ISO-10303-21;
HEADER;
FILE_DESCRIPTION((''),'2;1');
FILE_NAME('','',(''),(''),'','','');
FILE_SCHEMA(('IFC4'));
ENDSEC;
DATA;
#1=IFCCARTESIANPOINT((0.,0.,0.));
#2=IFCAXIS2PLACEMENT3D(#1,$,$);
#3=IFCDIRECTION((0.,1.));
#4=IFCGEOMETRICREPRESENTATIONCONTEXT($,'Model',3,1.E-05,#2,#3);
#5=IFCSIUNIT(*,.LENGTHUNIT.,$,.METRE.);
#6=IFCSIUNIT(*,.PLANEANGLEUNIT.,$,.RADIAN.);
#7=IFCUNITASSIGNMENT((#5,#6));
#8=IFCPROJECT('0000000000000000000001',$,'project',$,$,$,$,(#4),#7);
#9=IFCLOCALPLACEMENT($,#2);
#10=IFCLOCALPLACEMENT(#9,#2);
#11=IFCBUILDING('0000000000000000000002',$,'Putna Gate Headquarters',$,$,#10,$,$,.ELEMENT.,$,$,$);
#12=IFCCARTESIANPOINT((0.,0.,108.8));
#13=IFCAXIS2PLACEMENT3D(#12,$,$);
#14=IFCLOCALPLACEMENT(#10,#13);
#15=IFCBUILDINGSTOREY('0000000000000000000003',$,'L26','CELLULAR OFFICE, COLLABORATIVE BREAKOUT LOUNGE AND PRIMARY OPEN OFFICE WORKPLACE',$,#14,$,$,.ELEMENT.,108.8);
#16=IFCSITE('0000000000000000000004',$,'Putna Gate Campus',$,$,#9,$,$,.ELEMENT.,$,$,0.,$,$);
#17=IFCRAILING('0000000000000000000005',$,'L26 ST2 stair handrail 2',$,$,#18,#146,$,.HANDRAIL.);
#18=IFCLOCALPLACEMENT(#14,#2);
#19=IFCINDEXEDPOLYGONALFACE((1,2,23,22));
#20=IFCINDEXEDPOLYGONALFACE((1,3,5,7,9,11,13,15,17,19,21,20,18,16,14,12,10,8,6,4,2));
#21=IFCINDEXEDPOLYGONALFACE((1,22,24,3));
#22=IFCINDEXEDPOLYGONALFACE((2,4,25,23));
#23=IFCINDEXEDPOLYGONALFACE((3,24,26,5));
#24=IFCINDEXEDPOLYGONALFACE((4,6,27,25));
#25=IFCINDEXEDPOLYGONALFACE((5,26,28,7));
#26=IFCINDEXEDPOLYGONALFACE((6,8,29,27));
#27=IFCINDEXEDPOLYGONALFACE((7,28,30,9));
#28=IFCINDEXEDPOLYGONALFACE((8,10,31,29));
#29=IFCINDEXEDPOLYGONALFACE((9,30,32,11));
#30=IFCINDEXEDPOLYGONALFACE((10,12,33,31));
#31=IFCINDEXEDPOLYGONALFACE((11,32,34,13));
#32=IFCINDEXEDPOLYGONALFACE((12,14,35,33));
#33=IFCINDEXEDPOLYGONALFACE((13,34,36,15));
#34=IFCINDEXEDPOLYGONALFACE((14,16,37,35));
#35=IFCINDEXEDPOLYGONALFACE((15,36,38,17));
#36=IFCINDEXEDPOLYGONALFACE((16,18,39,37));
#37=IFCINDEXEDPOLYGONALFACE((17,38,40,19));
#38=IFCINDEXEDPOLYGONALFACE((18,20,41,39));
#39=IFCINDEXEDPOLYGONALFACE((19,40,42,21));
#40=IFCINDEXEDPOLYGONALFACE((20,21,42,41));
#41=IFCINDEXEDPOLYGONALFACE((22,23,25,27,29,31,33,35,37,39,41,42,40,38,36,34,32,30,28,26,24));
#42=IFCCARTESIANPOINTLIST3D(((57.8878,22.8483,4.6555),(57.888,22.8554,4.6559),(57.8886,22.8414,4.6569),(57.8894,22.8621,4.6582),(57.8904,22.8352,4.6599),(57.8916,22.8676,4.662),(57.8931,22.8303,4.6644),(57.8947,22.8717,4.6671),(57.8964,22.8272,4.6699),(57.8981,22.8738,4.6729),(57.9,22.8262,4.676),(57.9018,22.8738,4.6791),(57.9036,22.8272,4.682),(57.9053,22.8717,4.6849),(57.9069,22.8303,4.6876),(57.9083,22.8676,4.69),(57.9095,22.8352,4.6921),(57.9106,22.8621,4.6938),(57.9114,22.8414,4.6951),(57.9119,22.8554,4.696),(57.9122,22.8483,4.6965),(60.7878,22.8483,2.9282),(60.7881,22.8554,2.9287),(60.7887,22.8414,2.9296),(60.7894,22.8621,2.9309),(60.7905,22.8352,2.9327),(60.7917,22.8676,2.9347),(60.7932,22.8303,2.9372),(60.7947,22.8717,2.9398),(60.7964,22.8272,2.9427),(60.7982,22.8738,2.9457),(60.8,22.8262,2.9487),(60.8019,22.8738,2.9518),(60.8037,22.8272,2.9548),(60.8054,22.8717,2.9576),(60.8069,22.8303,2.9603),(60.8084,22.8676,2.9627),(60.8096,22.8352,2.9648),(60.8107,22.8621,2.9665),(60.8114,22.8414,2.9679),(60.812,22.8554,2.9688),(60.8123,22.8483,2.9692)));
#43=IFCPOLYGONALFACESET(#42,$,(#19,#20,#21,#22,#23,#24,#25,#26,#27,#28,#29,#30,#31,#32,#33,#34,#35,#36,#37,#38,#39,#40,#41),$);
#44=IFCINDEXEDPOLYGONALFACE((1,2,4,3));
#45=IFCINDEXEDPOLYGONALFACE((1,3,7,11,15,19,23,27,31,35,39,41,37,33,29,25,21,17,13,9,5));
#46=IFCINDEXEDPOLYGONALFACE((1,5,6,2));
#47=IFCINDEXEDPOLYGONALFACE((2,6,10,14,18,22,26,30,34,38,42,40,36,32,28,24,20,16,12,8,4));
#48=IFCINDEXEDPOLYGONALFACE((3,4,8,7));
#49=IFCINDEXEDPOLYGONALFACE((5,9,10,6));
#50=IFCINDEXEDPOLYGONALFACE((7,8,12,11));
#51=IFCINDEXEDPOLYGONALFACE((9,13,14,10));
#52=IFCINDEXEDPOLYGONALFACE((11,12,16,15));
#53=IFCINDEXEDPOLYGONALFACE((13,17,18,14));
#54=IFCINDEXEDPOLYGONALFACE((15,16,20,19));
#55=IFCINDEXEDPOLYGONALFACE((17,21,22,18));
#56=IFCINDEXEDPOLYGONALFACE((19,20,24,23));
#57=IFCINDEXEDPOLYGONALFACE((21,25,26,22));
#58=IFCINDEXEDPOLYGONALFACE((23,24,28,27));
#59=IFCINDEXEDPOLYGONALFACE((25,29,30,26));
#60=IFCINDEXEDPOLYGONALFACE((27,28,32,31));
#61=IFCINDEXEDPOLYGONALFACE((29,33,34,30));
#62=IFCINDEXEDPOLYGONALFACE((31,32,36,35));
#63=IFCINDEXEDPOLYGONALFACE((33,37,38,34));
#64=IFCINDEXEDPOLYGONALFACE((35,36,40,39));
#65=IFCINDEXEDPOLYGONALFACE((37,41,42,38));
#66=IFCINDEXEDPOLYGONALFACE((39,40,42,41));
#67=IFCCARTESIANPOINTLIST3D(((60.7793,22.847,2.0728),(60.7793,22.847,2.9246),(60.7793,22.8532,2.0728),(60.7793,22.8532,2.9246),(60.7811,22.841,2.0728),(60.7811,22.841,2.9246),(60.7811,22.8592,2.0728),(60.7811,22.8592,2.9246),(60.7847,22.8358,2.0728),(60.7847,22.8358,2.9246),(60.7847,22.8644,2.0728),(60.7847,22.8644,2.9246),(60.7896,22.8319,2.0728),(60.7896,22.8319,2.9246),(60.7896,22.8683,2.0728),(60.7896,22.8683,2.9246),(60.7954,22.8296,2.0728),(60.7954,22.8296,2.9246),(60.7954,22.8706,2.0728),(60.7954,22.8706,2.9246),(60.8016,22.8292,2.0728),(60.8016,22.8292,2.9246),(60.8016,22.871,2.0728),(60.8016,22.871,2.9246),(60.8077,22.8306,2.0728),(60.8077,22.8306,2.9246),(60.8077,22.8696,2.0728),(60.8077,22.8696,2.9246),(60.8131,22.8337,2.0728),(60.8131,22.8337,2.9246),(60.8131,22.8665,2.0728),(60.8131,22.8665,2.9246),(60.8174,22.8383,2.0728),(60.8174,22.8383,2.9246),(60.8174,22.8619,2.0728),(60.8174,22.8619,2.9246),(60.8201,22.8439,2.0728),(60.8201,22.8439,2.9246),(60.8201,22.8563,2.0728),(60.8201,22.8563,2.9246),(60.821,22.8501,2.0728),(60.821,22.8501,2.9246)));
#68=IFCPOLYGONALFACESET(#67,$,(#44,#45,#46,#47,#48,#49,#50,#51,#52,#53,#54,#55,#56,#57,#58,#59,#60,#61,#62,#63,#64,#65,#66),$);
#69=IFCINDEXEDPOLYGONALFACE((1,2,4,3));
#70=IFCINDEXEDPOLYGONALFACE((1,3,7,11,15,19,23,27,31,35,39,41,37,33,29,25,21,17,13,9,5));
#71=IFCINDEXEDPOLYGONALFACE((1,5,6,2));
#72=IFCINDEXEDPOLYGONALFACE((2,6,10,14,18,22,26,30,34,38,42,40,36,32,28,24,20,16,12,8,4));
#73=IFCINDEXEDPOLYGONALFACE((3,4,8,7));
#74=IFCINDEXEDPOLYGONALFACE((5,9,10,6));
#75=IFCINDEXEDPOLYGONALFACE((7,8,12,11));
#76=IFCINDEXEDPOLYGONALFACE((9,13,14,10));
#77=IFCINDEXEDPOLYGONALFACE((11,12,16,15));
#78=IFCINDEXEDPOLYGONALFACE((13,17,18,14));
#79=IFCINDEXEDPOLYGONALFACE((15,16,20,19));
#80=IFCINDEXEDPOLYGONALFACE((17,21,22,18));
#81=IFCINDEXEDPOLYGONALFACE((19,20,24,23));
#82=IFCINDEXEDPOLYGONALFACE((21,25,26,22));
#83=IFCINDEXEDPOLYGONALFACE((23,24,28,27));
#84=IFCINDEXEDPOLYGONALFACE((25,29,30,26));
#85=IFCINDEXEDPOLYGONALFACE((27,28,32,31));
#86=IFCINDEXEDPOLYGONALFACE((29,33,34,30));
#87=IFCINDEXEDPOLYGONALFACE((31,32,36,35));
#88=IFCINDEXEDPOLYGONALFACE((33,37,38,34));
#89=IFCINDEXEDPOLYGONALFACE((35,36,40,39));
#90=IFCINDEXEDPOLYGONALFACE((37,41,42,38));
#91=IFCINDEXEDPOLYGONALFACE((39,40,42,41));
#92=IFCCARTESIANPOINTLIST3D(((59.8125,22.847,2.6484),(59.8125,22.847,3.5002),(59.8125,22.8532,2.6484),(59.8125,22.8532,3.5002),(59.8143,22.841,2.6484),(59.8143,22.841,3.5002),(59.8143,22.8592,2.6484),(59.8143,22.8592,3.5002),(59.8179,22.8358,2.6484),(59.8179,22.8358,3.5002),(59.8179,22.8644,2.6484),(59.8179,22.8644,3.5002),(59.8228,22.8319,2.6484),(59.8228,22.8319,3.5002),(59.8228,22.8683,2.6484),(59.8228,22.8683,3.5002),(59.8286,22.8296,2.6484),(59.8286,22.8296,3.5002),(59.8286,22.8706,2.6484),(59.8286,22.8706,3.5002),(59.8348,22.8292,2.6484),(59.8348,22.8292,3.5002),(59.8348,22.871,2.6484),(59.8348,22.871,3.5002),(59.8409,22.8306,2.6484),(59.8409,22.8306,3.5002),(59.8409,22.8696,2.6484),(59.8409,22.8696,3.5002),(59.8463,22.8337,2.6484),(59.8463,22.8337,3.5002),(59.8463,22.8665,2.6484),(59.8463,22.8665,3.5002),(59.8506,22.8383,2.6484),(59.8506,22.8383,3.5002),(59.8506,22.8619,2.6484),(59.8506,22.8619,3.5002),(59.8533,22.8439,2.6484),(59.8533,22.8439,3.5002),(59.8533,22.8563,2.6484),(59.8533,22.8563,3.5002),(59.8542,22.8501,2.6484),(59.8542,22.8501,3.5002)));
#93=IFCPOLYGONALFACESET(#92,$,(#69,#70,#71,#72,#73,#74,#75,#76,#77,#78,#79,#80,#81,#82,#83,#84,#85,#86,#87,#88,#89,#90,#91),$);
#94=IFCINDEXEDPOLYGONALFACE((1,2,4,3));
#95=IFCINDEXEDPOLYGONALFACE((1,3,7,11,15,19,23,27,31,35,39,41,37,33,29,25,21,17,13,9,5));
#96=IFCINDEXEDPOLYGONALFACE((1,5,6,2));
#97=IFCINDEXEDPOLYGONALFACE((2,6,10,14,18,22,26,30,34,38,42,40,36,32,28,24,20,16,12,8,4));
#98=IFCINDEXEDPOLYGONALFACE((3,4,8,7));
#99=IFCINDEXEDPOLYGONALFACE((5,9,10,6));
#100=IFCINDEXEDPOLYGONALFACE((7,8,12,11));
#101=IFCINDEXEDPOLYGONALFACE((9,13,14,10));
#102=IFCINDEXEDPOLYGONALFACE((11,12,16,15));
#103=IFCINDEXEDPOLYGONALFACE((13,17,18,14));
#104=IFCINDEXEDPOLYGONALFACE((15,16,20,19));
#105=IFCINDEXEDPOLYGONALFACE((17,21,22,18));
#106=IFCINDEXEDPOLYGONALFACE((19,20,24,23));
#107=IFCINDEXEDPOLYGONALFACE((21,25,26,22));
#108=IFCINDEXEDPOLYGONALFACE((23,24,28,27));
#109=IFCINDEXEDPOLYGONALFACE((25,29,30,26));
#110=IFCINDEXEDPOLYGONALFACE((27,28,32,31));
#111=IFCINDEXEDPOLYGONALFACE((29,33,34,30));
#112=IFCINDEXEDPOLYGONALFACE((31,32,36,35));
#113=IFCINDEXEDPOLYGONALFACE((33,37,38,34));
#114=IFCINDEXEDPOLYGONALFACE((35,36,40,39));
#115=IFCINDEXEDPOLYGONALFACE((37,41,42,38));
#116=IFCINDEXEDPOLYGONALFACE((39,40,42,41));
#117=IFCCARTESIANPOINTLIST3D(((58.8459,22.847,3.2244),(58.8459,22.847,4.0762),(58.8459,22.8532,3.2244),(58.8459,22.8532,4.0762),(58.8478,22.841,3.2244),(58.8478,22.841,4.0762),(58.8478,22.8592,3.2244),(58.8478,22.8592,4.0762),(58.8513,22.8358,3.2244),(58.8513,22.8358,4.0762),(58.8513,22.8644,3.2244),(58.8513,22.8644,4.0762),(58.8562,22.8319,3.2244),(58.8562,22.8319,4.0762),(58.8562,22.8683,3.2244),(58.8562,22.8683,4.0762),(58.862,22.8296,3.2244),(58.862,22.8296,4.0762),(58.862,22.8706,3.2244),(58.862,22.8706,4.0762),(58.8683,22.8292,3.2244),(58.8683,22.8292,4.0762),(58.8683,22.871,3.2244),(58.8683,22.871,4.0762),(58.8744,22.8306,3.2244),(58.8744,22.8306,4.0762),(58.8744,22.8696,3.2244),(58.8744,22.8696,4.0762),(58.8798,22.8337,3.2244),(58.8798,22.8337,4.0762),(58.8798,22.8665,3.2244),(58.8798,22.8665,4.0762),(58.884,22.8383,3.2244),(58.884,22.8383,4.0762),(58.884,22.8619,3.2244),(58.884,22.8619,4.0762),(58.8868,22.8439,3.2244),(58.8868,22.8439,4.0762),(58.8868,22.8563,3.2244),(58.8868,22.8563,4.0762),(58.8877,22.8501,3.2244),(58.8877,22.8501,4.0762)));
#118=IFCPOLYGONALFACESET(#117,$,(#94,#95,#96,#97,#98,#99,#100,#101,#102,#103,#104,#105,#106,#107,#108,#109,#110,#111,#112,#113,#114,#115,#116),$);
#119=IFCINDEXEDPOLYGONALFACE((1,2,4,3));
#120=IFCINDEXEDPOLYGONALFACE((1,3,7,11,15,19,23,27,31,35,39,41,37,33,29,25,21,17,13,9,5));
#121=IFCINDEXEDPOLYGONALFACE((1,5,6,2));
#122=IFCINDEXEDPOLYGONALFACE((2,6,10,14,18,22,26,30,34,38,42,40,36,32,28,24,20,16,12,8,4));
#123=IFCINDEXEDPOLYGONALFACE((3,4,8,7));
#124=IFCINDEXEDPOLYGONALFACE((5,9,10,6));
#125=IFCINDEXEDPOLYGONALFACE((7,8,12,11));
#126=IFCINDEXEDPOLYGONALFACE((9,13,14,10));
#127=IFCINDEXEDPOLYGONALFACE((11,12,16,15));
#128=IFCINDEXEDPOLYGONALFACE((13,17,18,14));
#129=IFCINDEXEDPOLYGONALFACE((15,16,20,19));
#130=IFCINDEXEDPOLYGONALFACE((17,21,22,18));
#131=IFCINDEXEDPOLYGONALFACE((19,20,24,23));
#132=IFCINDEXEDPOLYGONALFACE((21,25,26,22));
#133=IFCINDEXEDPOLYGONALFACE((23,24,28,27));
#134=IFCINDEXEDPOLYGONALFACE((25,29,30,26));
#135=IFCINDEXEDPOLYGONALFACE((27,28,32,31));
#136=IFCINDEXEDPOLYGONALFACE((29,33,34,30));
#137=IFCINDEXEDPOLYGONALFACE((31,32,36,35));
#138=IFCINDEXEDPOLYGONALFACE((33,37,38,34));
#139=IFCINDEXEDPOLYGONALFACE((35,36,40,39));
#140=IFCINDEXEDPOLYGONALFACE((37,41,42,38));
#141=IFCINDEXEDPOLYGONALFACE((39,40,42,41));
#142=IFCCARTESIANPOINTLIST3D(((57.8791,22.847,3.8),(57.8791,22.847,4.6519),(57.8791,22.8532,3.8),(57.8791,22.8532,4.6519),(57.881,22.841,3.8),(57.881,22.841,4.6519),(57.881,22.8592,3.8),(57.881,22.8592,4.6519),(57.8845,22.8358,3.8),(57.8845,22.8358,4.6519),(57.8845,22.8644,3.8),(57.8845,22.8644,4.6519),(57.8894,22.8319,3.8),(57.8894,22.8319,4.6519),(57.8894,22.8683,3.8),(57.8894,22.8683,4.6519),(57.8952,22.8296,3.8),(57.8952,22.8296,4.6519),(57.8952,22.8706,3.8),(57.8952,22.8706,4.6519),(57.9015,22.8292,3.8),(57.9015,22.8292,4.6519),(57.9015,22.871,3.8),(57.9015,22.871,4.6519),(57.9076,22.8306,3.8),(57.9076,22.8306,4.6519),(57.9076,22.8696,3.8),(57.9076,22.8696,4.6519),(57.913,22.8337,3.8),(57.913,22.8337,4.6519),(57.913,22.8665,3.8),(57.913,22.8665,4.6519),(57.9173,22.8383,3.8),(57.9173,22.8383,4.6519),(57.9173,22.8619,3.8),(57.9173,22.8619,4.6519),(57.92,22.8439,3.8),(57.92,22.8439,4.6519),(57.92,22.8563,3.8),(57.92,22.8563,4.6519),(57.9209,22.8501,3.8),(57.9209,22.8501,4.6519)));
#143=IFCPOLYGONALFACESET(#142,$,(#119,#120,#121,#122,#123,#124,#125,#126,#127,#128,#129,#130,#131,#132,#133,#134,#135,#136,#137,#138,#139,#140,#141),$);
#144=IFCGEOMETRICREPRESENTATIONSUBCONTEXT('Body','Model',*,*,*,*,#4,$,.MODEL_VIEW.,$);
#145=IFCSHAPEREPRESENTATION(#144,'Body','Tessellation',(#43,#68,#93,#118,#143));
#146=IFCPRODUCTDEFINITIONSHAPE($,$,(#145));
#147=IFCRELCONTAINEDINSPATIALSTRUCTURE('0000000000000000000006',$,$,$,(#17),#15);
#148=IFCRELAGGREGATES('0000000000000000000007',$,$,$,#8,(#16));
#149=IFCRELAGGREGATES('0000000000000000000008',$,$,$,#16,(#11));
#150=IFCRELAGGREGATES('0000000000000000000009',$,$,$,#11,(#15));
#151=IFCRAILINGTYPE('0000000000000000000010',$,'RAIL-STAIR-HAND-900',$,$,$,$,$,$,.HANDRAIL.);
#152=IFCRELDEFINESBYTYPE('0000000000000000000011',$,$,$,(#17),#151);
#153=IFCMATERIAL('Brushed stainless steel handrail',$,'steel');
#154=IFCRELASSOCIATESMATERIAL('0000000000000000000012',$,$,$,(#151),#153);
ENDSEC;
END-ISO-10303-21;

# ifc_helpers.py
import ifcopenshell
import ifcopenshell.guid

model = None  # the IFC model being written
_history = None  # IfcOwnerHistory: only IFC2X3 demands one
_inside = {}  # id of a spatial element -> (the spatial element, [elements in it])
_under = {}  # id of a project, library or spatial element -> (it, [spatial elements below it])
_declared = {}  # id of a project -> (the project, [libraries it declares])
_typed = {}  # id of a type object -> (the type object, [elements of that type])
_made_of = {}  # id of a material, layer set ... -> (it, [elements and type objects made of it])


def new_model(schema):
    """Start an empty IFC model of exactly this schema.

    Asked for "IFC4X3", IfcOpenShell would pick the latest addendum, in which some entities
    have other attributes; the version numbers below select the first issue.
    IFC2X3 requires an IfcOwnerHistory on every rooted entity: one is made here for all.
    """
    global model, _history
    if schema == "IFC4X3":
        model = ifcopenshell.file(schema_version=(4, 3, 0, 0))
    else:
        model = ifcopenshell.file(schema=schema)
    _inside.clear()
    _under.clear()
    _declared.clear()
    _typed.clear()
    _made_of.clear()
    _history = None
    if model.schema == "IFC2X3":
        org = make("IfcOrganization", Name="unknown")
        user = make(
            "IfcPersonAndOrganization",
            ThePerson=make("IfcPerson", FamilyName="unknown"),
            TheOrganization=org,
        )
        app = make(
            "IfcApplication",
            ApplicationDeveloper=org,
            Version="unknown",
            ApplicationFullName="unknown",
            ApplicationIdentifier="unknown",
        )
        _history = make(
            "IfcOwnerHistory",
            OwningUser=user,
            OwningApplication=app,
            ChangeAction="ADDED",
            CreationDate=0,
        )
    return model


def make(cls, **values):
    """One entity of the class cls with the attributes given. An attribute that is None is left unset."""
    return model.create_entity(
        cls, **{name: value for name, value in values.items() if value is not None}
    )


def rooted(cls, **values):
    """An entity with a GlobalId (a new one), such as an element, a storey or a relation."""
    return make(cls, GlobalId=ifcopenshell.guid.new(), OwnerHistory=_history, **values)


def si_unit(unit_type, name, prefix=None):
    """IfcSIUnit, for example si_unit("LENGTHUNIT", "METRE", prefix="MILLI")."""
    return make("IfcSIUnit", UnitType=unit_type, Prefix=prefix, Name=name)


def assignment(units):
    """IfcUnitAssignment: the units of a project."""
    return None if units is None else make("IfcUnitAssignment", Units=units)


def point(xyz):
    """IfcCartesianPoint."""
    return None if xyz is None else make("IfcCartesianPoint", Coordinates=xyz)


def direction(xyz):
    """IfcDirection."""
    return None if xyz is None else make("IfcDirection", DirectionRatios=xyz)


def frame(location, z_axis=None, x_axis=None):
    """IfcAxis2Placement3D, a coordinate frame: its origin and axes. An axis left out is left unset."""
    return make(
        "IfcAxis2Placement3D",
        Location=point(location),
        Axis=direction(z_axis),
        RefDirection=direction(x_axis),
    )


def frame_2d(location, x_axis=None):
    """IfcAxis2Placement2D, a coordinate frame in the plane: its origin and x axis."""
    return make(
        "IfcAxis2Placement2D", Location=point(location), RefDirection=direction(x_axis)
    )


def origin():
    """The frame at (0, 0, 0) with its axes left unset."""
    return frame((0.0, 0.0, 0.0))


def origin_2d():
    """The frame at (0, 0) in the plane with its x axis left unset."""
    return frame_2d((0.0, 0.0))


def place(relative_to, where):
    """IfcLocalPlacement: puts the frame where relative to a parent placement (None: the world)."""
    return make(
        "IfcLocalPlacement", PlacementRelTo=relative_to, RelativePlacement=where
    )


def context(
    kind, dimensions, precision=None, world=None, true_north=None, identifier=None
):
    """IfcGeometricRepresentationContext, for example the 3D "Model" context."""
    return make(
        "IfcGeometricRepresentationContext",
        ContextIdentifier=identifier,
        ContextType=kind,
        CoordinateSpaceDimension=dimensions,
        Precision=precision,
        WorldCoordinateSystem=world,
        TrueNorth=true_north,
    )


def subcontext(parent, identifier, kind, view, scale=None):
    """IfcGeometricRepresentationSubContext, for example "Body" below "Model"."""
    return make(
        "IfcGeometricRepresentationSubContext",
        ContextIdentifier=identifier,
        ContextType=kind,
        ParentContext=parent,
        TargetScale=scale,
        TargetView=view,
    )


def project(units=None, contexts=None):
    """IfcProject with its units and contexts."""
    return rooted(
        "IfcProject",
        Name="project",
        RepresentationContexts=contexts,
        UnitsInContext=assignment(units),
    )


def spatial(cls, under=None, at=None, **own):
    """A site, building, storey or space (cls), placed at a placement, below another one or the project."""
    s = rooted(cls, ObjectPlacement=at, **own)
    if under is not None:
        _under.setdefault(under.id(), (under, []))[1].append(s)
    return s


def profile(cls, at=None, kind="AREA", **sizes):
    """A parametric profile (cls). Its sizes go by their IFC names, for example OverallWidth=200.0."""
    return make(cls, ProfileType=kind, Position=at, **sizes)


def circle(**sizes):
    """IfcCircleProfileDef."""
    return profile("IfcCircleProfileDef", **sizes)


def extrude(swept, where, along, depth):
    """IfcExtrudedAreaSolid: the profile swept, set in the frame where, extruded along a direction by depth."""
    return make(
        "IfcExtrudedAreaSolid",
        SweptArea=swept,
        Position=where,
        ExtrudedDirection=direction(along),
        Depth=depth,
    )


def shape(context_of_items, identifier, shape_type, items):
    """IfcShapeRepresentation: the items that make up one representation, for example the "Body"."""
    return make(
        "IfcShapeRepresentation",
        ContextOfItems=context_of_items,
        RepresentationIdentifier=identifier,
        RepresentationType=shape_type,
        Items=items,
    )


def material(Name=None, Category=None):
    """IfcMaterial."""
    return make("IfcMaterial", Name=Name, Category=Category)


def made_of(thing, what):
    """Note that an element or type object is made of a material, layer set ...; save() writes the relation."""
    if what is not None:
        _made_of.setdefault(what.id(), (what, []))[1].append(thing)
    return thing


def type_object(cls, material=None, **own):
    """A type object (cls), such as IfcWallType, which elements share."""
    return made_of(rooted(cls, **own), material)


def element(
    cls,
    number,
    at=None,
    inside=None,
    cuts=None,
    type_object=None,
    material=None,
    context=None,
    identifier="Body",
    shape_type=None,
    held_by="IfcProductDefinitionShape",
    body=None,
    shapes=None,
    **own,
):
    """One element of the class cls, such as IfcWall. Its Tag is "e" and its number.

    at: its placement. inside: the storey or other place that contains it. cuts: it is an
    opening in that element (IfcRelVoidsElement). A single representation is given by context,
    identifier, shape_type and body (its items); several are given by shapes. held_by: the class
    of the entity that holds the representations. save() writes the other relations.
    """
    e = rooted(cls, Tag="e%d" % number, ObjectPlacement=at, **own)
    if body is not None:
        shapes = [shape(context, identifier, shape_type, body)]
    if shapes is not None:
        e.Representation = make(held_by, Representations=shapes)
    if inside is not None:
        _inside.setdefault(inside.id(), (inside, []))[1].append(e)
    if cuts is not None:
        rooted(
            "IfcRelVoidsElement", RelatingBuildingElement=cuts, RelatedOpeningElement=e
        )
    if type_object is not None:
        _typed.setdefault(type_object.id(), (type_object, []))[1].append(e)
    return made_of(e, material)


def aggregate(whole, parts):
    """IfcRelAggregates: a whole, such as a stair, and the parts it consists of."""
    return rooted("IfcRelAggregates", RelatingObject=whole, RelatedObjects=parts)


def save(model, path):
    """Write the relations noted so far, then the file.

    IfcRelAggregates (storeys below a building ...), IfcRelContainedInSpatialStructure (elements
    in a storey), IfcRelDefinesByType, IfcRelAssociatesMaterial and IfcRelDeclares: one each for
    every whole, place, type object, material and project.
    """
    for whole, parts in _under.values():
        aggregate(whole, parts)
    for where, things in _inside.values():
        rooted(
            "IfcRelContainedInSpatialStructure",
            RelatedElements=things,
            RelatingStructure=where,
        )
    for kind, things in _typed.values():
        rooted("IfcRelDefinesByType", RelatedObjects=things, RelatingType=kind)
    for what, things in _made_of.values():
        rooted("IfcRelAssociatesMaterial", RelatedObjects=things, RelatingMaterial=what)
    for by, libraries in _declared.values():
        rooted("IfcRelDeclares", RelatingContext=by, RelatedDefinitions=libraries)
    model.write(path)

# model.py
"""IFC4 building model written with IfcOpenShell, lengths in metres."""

from ifc_helpers import new_model, si_unit, direction, frame, origin, origin_2d, place, context, subcontext, project, spatial, circle, extrude, material, type_object, element, save


model = new_model("IFC4")

# Units and contexts
model_context = context("Model", 3, precision=1e-05, world=origin(), true_north=direction((0.0, 1.0)))
body_context = subcontext(model_context, "Body", "Model", "MODEL_VIEW")
ifc_project = project(units=[si_unit("LENGTHUNIT", "METRE"), si_unit("PLANEANGLEUNIT", "RADIAN")], contexts=[model_context])

# Site, building, storey
site_placement = place(None, origin())
site = spatial("IfcSite", under=ifc_project, at=site_placement, Name="Putna Gate Campus", CompositionType="ELEMENT", RefElevation=0.0)
building_placement = place(site_placement, origin())
building = spatial("IfcBuilding", under=site, at=building_placement, Name="Putna Gate Headquarters", CompositionType="ELEMENT")
storey_placement = place(building_placement, frame((0.0, 0.0, 108.8)))
storey = spatial("IfcBuildingStorey", under=building, at=storey_placement, Name="L26", Description="CELLULAR OFFICE, COLLABORATIVE BREAKOUT LOUNGE AND PRIMARY OPEN OFFICE WORKPLACE", CompositionType="ELEMENT", Elevation=108.8)

# Railing
ifc_material_1 = material(Name="Brushed stainless steel handrail", Category="steel")
railing_type_1 = type_object("IfcRailingType", Name="RAIL-STAIR-HAND-900", PredefinedType="HANDRAIL", material=ifc_material_1)
railing_1_placement = place(storey_placement, frame((60.8, 22.8501, 2.0728)))
element("IfcRailing", 1, at=railing_1_placement, inside=storey, type_object=railing_type_1, Name="L26 ST2 stair handrail 2", PredefinedType="HANDRAIL", context=body_context, shape_type="SweptSolid", body=[
    extrude(circle(Radius=0.0239, at=origin_2d()), frame((0.0, 0.0, 0.876), z_axis=(-0.85916, 0.0, 0.511706), x_axis=(0.0, -1.0, 0.0)), (0.0, 0.0, 1.0), 3.3755),
    extrude(circle(Radius=0.021, at=origin_2d()), origin(), (0.0, 0.0, 1.0), 0.8518),
    extrude(circle(Radius=0.021, at=origin_2d()), frame((-0.9668, 0.0, 0.5757)), (0.0, 0.0, 1.0), 0.8518),
    extrude(circle(Radius=0.021, at=origin_2d()), frame((-1.9333, 0.0, 1.1516)), (0.0, 0.0, 1.0), 0.8518),
    extrude(circle(Radius=0.021, at=origin_2d()), frame((-2.9001, 0.0, 1.7273)), (0.0, 0.0, 1.0), 0.8518),
])

save(model, "model.ifc")
